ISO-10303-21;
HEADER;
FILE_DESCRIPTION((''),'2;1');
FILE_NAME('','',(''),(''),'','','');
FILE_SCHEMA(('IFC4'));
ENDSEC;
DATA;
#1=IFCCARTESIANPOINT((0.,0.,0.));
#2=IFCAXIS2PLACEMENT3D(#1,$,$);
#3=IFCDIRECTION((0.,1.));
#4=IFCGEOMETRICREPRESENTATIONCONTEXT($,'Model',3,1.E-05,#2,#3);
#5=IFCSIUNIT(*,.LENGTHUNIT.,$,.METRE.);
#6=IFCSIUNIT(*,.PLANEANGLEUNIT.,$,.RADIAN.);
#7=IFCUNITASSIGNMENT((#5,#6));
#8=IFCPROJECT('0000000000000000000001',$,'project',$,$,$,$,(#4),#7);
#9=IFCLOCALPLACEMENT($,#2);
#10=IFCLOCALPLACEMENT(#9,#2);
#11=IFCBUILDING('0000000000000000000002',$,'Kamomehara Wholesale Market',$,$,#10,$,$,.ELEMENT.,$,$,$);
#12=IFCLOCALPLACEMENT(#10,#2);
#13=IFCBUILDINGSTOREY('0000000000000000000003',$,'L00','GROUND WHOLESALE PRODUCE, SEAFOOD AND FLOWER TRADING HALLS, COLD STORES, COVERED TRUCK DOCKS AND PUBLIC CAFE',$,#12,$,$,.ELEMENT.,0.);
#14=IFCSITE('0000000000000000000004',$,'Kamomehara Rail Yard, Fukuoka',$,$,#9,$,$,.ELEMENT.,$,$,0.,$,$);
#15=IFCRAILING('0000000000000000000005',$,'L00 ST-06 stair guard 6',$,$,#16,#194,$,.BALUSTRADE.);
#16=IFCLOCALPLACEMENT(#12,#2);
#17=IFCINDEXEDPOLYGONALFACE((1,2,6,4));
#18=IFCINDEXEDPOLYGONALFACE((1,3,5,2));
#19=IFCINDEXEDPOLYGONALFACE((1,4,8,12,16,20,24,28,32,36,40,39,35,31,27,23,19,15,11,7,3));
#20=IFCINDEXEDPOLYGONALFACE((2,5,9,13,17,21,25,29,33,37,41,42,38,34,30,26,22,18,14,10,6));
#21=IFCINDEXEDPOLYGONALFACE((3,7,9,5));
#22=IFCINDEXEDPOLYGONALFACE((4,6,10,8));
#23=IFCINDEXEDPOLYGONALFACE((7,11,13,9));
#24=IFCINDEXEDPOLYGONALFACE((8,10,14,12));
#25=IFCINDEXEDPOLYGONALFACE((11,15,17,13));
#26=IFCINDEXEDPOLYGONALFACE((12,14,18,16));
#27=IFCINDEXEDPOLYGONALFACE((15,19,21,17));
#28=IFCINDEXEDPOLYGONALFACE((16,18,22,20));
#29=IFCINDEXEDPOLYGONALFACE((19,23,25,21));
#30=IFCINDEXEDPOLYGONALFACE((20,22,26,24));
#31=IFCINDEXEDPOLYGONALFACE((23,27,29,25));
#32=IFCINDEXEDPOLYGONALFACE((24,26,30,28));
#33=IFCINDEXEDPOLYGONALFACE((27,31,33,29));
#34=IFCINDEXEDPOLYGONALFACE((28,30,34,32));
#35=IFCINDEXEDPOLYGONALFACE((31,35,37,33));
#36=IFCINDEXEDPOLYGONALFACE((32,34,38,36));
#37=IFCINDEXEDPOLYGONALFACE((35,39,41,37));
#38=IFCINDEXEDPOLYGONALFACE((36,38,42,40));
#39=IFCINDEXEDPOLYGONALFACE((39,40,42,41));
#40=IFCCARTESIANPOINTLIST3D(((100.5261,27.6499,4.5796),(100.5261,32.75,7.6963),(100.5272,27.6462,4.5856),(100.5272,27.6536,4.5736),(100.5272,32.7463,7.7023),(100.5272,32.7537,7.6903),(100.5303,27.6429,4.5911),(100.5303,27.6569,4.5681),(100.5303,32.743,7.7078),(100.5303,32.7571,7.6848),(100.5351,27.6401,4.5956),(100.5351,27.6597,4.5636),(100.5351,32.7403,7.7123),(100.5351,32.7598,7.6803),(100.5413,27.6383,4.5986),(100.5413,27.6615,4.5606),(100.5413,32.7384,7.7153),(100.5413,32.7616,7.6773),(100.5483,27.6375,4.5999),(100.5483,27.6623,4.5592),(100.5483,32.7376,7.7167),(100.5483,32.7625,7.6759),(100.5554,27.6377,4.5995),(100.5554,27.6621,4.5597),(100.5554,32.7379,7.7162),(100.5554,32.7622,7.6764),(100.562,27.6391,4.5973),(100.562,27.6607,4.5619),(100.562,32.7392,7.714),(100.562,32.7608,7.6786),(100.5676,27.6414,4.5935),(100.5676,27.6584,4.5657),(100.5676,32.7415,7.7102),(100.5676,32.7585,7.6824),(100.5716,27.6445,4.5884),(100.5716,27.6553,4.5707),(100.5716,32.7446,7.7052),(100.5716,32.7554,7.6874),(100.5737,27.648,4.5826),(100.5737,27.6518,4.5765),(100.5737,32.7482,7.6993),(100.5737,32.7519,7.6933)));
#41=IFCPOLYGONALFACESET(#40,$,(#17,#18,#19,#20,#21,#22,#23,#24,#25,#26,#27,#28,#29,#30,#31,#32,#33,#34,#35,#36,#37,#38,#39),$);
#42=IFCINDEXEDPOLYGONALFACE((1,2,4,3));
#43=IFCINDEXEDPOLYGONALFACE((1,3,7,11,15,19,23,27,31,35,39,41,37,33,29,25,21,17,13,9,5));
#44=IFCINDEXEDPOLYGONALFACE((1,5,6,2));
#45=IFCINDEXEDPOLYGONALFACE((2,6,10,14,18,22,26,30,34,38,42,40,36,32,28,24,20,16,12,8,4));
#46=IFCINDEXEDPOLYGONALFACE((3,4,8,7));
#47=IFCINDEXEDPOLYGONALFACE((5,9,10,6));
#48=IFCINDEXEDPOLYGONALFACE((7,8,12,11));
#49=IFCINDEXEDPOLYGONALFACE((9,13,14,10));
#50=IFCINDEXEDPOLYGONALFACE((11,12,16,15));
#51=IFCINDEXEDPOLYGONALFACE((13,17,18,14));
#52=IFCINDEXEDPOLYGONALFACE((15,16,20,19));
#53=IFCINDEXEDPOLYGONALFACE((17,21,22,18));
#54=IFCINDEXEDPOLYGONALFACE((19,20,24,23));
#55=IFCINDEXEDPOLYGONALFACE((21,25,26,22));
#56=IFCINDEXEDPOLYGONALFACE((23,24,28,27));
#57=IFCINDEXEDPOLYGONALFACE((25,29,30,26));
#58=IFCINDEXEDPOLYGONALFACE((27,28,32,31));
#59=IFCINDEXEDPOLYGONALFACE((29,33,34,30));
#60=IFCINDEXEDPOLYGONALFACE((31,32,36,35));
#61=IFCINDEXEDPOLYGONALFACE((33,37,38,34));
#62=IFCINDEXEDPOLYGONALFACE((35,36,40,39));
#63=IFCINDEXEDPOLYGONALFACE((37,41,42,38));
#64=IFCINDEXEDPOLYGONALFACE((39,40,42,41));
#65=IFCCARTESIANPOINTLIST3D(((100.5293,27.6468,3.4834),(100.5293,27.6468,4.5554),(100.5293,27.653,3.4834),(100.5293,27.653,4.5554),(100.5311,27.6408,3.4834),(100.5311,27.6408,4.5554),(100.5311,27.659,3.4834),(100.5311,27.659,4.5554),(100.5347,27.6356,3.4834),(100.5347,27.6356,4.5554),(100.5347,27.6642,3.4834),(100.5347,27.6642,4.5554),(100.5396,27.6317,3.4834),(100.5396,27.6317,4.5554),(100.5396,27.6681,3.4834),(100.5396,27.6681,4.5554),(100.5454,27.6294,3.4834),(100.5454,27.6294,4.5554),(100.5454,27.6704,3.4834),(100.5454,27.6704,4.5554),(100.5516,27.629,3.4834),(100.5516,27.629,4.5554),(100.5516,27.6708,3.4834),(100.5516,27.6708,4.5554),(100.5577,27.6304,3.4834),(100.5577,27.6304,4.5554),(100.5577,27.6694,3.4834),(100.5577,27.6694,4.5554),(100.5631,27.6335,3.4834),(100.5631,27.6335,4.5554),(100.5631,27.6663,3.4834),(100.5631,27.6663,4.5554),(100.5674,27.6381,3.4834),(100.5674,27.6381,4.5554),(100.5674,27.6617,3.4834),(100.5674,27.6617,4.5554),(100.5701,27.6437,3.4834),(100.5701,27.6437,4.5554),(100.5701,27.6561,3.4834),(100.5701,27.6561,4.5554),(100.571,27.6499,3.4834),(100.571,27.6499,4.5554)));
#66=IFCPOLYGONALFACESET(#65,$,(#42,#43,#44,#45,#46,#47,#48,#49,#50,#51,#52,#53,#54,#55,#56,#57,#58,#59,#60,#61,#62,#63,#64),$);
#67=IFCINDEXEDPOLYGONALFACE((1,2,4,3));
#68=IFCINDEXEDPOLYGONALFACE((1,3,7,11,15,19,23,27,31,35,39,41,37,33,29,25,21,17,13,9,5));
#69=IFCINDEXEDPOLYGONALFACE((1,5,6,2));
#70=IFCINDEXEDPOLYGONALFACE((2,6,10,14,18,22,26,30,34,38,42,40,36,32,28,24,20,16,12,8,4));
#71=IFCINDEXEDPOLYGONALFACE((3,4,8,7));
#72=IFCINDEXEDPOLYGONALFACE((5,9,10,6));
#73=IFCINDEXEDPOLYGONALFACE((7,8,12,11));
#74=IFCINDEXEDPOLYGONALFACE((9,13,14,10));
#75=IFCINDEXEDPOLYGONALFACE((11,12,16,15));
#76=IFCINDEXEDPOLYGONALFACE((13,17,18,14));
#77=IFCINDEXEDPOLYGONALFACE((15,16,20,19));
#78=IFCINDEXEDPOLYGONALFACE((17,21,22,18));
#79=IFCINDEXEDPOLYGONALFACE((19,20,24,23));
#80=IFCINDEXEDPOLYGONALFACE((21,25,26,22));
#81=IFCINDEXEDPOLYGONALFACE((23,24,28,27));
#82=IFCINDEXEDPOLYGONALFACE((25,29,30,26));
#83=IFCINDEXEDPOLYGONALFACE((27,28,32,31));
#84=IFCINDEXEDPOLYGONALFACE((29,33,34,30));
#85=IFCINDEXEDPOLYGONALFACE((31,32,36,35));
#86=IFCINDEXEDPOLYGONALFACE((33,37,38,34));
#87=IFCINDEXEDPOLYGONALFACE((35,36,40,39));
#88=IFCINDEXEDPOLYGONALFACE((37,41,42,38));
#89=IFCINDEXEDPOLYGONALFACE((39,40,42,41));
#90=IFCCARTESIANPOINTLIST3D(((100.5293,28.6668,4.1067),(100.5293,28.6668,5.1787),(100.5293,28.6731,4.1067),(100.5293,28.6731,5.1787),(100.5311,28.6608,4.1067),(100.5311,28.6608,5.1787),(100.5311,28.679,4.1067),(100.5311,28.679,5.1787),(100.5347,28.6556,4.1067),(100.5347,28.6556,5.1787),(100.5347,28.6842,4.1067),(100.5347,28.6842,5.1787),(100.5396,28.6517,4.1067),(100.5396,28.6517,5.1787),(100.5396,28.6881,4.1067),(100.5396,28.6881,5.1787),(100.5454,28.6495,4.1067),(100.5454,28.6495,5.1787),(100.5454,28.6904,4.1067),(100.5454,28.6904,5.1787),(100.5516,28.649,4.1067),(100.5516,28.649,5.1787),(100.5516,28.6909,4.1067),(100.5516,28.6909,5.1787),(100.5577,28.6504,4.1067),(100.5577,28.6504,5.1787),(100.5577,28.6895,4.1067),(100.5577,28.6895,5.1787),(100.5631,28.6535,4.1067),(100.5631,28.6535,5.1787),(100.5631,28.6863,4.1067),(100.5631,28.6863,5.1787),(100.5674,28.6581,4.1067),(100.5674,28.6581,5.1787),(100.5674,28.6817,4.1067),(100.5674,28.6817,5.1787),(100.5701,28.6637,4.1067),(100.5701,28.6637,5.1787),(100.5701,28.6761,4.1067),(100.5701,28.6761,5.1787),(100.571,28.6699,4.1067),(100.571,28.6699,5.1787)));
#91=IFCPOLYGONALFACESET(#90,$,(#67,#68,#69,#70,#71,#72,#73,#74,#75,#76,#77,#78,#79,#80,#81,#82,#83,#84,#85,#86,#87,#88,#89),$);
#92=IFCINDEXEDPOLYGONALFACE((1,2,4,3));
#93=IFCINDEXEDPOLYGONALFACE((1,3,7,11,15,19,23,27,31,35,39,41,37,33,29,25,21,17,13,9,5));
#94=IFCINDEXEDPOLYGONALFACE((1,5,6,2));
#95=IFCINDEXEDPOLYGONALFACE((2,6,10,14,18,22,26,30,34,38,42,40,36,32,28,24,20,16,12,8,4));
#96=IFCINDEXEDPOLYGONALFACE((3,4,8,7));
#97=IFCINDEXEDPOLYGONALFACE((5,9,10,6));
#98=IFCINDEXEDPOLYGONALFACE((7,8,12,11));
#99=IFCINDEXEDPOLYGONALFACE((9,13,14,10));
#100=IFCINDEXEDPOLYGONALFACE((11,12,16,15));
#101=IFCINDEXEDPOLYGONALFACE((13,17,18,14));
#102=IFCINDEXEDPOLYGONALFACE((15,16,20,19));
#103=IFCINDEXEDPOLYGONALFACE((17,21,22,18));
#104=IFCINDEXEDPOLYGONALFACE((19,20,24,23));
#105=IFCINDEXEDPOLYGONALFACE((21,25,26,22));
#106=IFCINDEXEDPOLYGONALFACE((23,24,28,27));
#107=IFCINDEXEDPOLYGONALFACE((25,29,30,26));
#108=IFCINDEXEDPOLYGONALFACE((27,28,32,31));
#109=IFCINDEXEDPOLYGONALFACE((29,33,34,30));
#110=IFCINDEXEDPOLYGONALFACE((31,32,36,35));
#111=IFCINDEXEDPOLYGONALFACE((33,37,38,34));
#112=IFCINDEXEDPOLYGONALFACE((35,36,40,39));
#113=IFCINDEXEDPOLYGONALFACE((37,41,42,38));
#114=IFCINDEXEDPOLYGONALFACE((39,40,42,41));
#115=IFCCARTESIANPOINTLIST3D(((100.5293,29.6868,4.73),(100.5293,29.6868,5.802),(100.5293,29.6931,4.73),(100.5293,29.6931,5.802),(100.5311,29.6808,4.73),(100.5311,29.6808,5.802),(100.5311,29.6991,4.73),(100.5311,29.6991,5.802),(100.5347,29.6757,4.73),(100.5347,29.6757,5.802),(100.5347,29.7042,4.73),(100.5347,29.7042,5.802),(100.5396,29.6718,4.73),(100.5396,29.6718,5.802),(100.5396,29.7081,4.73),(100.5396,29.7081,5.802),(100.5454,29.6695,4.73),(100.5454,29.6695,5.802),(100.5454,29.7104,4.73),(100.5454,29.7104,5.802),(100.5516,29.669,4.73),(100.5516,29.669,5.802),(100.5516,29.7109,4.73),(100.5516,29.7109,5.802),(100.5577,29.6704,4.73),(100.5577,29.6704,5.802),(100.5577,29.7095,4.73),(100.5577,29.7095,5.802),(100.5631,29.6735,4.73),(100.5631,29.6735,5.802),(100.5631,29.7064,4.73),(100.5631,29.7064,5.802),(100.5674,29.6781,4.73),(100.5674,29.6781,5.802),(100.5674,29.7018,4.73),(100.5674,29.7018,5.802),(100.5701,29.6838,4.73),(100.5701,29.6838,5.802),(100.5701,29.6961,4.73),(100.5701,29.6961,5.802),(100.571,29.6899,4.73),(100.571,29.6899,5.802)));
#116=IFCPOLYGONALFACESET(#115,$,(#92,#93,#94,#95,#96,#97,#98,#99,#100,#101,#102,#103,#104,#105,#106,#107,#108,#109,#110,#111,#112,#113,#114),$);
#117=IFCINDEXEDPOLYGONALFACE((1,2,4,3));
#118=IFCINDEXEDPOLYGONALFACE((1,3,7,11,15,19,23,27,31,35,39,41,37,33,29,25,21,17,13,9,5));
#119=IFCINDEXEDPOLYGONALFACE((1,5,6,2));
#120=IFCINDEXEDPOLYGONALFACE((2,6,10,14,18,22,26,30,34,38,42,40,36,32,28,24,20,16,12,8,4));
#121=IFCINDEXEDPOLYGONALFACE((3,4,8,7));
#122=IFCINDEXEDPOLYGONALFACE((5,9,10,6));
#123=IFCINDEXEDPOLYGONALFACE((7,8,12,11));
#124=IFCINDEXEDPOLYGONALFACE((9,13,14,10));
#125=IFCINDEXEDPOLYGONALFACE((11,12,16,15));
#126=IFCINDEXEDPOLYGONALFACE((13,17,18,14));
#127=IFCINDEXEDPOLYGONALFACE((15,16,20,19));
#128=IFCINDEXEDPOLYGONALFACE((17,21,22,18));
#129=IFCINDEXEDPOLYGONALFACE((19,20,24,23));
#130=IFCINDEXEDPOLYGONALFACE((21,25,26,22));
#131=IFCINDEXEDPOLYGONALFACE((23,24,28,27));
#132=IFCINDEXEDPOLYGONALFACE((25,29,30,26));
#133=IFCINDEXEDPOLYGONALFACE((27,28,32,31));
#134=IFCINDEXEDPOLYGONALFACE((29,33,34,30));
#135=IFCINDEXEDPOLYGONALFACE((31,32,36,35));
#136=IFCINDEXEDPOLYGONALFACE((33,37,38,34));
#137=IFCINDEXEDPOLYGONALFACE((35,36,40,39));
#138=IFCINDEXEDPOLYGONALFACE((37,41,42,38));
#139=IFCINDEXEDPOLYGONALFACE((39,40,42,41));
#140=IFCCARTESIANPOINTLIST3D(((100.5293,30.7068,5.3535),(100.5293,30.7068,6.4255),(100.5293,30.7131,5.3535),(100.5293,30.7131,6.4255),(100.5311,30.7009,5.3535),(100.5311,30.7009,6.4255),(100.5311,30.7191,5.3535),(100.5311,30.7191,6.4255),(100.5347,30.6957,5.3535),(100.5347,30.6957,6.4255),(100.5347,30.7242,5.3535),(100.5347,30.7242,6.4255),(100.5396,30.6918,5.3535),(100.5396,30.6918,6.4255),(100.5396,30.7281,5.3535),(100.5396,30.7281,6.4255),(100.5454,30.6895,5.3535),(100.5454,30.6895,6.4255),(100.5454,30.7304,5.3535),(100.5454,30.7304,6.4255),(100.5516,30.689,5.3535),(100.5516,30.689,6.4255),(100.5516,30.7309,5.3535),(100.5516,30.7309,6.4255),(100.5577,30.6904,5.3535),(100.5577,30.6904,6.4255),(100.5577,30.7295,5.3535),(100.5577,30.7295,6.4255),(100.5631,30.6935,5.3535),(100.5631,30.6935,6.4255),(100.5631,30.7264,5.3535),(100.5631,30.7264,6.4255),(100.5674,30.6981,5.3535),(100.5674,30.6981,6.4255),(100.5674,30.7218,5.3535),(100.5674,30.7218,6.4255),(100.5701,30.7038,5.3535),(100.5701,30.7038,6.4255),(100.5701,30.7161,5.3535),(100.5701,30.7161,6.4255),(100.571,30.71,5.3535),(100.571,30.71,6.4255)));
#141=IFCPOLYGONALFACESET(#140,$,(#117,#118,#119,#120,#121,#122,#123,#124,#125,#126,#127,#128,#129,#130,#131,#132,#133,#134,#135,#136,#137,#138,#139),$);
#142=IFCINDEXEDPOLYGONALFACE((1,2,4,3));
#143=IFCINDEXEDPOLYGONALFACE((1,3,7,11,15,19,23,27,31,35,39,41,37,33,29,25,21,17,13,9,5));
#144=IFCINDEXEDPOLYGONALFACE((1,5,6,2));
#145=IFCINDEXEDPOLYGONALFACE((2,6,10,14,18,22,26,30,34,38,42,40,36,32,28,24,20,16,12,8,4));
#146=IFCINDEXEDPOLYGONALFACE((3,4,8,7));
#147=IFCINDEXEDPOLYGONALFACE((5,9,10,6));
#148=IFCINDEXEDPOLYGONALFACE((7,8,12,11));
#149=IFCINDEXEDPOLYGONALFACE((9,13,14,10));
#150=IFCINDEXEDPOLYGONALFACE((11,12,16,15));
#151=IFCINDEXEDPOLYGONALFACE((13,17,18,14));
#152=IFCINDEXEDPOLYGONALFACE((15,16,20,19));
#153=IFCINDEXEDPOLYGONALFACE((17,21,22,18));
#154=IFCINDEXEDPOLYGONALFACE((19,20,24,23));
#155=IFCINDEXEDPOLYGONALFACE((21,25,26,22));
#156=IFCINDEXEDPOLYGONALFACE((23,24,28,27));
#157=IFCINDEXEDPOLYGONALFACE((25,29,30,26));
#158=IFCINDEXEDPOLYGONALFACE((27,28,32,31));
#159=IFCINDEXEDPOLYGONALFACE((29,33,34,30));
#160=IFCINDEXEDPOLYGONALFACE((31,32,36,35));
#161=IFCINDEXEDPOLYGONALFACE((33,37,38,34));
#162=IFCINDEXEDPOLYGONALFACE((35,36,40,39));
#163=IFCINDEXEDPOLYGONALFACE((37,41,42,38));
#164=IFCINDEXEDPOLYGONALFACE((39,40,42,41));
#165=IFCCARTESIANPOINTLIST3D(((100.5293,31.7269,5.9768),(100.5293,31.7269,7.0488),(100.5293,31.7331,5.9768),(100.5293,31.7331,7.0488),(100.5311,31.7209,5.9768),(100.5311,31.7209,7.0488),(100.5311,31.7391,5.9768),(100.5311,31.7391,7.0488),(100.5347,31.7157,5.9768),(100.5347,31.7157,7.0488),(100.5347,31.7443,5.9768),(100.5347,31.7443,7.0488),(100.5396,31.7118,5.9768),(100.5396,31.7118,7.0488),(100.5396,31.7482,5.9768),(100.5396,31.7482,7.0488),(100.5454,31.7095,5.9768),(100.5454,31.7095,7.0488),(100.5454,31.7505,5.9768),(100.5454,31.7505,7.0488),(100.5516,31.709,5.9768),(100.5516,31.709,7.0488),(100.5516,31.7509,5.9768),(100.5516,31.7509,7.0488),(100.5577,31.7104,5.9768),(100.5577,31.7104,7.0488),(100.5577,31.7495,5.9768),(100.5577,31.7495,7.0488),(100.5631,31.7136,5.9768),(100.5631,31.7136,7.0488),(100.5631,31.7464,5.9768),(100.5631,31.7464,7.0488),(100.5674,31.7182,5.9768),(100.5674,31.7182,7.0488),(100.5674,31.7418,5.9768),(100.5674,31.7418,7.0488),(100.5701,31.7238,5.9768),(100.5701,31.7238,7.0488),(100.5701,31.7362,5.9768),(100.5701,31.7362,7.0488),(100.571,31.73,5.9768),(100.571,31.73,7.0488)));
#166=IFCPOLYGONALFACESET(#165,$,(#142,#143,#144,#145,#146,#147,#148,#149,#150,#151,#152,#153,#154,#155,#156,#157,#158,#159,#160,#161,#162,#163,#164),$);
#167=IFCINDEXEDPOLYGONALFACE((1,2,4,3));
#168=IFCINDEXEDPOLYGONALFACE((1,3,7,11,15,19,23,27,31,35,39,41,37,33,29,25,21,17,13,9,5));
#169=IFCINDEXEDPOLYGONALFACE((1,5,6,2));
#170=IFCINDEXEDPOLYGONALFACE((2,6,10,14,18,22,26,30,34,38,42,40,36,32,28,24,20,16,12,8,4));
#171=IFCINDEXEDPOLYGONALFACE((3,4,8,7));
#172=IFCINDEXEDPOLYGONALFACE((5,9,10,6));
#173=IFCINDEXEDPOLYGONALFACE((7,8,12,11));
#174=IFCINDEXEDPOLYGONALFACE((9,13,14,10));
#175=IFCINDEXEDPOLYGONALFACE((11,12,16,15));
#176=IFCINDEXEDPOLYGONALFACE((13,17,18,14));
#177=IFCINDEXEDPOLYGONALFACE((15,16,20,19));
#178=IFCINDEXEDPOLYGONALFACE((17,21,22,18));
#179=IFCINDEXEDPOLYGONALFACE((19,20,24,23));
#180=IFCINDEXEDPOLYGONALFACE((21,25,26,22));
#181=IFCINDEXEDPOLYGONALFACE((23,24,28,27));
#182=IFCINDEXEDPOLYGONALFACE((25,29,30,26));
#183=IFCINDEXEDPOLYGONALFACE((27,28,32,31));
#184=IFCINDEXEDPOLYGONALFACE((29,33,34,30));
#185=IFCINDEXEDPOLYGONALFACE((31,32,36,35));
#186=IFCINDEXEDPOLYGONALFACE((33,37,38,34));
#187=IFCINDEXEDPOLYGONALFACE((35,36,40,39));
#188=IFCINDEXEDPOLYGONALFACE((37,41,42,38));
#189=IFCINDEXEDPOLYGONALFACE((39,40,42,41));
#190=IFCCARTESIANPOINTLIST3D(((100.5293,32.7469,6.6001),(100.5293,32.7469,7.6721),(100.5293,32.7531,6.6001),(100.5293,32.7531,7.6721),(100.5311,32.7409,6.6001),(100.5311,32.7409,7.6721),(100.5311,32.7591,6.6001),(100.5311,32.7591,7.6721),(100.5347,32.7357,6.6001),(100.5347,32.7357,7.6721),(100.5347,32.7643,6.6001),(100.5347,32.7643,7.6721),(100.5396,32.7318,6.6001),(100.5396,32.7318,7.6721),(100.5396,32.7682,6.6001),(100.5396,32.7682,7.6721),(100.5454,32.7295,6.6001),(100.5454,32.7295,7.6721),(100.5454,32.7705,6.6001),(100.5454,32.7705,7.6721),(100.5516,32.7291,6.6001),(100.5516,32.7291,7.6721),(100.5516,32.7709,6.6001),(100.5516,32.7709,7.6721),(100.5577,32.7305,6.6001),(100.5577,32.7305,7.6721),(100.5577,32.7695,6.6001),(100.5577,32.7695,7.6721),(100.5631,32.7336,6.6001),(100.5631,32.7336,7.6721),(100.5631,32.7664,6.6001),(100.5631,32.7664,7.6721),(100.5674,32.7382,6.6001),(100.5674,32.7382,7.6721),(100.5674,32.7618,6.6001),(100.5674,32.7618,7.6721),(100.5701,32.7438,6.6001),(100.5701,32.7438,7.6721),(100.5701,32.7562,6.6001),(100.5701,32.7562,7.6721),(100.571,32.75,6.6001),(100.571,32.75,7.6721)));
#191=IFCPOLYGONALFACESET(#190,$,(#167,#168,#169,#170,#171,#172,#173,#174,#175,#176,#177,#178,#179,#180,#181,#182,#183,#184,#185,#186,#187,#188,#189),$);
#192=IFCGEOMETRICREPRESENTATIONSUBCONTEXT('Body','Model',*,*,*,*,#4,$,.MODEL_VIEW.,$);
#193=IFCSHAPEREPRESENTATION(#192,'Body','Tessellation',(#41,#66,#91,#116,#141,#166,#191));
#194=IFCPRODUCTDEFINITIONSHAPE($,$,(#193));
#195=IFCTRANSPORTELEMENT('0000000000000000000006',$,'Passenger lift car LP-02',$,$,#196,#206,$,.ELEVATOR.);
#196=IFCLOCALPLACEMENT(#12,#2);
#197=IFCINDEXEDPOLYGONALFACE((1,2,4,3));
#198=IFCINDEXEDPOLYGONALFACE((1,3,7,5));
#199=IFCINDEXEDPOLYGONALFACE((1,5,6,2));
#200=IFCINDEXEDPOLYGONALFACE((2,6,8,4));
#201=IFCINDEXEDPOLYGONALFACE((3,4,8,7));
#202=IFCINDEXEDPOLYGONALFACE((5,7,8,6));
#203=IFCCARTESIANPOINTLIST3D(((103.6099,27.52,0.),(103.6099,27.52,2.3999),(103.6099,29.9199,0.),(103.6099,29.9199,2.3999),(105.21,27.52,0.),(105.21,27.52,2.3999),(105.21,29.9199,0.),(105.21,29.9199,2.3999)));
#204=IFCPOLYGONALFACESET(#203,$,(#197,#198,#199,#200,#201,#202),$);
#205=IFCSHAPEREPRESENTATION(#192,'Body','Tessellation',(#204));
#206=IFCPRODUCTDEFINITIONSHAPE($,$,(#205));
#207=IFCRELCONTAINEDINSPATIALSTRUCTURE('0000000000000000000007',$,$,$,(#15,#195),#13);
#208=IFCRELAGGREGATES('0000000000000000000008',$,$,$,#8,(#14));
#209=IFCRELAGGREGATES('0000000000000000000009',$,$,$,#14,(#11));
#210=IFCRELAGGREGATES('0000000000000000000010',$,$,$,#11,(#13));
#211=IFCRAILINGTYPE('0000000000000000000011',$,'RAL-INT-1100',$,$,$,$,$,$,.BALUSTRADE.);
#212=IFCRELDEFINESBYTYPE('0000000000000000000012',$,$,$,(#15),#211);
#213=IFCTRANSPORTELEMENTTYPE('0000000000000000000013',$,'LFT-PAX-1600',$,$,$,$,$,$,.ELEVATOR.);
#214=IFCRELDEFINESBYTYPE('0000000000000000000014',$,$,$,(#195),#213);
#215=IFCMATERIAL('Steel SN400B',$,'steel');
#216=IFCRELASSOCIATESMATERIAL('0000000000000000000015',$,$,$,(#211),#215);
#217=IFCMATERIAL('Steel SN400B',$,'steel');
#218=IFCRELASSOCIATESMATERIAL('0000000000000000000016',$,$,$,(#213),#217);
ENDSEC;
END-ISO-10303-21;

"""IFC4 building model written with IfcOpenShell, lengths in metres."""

from ifc_helpers import new_model, si_unit, direction, frame, origin, origin_2d, place, context, subcontext, project, spatial, rectangle, circle, extrude, material, type_object, element, save


model = new_model("IFC4")

# Units and contexts
model_context = context("Model", 3, precision=1e-05, world=origin(), true_north=direction((0.0, 1.0)))
body_context = subcontext(model_context, "Body", "Model", "MODEL_VIEW")
ifc_project = project(units=[si_unit("LENGTHUNIT", "METRE"), si_unit("PLANEANGLEUNIT", "RADIAN")], contexts=[model_context])

# Site, building, storey
site_placement = place(None, origin())
site = spatial("IfcSite", under=ifc_project, at=site_placement, Name="Kamomehara Rail Yard, Fukuoka", CompositionType="ELEMENT", RefElevation=0.0)
building_placement = place(site_placement, origin())
building = spatial("IfcBuilding", under=site, at=building_placement, Name="Kamomehara Wholesale Market", CompositionType="ELEMENT")
storey_placement = place(building_placement, origin())
storey = spatial("IfcBuildingStorey", under=building, at=storey_placement, Name="L00", Description="GROUND WHOLESALE PRODUCE, SEAFOOD AND FLOWER TRADING HALLS, COLD STORES, COVERED TRUCK DOCKS AND PUBLIC CAFE", CompositionType="ELEMENT", Elevation=0.0)

# Railing
ifc_material_1 = material(Name="Steel SN400B", Category="steel")
railing_type_1 = type_object("IfcRailingType", Name="RAL-INT-1100", PredefinedType="BALUSTRADE", material=ifc_material_1)
railing_1_placement = place(storey_placement, frame((100.55, 27.6499, 3.4834)))
element("IfcRailing", 1, at=railing_1_placement, inside=storey, type_object=railing_type_1, Name="L00 ST-06 stair guard 6", PredefinedType="BALUSTRADE", context=body_context, shape_type="SweptSolid", body=[
    extrude(circle(Radius=0.0239, at=origin_2d()), frame((0.0, 0.0, 1.0962), z_axis=(0.0, 0.853284, 0.521447), x_axis=(-1.0, 0.0, 0.0)), (0.0, 0.0, 1.0), 5.9771),
    extrude(circle(Radius=0.021, at=origin_2d()), origin(), (0.0, 0.0, 1.0), 1.072),
    extrude(circle(Radius=0.021, at=origin_2d()), frame((0.0, 1.02, 0.6233)), (0.0, 0.0, 1.0), 1.072),
    extrude(circle(Radius=0.021, at=origin_2d()), frame((0.0, 2.04, 1.2466)), (0.0, 0.0, 1.0), 1.072),
    extrude(circle(Radius=0.021, at=origin_2d()), frame((0.0, 3.0601, 1.8701)), (0.0, 0.0, 1.0), 1.072),
    extrude(circle(Radius=0.021, at=origin_2d()), frame((0.0, 4.0801, 2.4934)), (0.0, 0.0, 1.0), 1.072),
    extrude(circle(Radius=0.021, at=origin_2d()), frame((0.0, 5.1001, 3.1167)), (0.0, 0.0, 1.0), 1.072),
])

# Transport element
ifc_material_2 = material(Name="Steel SN400B", Category="steel")
transport_element_type = type_object("IfcTransportElementType", Name="LFT-PAX-1600", PredefinedType="ELEVATOR", material=ifc_material_2)
transport_element_placement = place(storey_placement, frame((104.4099, 28.72, 0.0), z_axis=(0.0, 0.0, 1.0), x_axis=(1.0, 0.0, 0.0)))
element("IfcTransportElement", 2, at=transport_element_placement, inside=storey, type_object=transport_element_type, Name="Passenger lift car LP-02", PredefinedType="ELEVATOR", context=body_context, shape_type="SweptSolid", body=[
    extrude(rectangle(XDim=1.6001, YDim=2.3999, at=origin_2d()), origin(), (0.0, 0.0, 1.0), 2.3999),
])

save(model, "model.ifc")
